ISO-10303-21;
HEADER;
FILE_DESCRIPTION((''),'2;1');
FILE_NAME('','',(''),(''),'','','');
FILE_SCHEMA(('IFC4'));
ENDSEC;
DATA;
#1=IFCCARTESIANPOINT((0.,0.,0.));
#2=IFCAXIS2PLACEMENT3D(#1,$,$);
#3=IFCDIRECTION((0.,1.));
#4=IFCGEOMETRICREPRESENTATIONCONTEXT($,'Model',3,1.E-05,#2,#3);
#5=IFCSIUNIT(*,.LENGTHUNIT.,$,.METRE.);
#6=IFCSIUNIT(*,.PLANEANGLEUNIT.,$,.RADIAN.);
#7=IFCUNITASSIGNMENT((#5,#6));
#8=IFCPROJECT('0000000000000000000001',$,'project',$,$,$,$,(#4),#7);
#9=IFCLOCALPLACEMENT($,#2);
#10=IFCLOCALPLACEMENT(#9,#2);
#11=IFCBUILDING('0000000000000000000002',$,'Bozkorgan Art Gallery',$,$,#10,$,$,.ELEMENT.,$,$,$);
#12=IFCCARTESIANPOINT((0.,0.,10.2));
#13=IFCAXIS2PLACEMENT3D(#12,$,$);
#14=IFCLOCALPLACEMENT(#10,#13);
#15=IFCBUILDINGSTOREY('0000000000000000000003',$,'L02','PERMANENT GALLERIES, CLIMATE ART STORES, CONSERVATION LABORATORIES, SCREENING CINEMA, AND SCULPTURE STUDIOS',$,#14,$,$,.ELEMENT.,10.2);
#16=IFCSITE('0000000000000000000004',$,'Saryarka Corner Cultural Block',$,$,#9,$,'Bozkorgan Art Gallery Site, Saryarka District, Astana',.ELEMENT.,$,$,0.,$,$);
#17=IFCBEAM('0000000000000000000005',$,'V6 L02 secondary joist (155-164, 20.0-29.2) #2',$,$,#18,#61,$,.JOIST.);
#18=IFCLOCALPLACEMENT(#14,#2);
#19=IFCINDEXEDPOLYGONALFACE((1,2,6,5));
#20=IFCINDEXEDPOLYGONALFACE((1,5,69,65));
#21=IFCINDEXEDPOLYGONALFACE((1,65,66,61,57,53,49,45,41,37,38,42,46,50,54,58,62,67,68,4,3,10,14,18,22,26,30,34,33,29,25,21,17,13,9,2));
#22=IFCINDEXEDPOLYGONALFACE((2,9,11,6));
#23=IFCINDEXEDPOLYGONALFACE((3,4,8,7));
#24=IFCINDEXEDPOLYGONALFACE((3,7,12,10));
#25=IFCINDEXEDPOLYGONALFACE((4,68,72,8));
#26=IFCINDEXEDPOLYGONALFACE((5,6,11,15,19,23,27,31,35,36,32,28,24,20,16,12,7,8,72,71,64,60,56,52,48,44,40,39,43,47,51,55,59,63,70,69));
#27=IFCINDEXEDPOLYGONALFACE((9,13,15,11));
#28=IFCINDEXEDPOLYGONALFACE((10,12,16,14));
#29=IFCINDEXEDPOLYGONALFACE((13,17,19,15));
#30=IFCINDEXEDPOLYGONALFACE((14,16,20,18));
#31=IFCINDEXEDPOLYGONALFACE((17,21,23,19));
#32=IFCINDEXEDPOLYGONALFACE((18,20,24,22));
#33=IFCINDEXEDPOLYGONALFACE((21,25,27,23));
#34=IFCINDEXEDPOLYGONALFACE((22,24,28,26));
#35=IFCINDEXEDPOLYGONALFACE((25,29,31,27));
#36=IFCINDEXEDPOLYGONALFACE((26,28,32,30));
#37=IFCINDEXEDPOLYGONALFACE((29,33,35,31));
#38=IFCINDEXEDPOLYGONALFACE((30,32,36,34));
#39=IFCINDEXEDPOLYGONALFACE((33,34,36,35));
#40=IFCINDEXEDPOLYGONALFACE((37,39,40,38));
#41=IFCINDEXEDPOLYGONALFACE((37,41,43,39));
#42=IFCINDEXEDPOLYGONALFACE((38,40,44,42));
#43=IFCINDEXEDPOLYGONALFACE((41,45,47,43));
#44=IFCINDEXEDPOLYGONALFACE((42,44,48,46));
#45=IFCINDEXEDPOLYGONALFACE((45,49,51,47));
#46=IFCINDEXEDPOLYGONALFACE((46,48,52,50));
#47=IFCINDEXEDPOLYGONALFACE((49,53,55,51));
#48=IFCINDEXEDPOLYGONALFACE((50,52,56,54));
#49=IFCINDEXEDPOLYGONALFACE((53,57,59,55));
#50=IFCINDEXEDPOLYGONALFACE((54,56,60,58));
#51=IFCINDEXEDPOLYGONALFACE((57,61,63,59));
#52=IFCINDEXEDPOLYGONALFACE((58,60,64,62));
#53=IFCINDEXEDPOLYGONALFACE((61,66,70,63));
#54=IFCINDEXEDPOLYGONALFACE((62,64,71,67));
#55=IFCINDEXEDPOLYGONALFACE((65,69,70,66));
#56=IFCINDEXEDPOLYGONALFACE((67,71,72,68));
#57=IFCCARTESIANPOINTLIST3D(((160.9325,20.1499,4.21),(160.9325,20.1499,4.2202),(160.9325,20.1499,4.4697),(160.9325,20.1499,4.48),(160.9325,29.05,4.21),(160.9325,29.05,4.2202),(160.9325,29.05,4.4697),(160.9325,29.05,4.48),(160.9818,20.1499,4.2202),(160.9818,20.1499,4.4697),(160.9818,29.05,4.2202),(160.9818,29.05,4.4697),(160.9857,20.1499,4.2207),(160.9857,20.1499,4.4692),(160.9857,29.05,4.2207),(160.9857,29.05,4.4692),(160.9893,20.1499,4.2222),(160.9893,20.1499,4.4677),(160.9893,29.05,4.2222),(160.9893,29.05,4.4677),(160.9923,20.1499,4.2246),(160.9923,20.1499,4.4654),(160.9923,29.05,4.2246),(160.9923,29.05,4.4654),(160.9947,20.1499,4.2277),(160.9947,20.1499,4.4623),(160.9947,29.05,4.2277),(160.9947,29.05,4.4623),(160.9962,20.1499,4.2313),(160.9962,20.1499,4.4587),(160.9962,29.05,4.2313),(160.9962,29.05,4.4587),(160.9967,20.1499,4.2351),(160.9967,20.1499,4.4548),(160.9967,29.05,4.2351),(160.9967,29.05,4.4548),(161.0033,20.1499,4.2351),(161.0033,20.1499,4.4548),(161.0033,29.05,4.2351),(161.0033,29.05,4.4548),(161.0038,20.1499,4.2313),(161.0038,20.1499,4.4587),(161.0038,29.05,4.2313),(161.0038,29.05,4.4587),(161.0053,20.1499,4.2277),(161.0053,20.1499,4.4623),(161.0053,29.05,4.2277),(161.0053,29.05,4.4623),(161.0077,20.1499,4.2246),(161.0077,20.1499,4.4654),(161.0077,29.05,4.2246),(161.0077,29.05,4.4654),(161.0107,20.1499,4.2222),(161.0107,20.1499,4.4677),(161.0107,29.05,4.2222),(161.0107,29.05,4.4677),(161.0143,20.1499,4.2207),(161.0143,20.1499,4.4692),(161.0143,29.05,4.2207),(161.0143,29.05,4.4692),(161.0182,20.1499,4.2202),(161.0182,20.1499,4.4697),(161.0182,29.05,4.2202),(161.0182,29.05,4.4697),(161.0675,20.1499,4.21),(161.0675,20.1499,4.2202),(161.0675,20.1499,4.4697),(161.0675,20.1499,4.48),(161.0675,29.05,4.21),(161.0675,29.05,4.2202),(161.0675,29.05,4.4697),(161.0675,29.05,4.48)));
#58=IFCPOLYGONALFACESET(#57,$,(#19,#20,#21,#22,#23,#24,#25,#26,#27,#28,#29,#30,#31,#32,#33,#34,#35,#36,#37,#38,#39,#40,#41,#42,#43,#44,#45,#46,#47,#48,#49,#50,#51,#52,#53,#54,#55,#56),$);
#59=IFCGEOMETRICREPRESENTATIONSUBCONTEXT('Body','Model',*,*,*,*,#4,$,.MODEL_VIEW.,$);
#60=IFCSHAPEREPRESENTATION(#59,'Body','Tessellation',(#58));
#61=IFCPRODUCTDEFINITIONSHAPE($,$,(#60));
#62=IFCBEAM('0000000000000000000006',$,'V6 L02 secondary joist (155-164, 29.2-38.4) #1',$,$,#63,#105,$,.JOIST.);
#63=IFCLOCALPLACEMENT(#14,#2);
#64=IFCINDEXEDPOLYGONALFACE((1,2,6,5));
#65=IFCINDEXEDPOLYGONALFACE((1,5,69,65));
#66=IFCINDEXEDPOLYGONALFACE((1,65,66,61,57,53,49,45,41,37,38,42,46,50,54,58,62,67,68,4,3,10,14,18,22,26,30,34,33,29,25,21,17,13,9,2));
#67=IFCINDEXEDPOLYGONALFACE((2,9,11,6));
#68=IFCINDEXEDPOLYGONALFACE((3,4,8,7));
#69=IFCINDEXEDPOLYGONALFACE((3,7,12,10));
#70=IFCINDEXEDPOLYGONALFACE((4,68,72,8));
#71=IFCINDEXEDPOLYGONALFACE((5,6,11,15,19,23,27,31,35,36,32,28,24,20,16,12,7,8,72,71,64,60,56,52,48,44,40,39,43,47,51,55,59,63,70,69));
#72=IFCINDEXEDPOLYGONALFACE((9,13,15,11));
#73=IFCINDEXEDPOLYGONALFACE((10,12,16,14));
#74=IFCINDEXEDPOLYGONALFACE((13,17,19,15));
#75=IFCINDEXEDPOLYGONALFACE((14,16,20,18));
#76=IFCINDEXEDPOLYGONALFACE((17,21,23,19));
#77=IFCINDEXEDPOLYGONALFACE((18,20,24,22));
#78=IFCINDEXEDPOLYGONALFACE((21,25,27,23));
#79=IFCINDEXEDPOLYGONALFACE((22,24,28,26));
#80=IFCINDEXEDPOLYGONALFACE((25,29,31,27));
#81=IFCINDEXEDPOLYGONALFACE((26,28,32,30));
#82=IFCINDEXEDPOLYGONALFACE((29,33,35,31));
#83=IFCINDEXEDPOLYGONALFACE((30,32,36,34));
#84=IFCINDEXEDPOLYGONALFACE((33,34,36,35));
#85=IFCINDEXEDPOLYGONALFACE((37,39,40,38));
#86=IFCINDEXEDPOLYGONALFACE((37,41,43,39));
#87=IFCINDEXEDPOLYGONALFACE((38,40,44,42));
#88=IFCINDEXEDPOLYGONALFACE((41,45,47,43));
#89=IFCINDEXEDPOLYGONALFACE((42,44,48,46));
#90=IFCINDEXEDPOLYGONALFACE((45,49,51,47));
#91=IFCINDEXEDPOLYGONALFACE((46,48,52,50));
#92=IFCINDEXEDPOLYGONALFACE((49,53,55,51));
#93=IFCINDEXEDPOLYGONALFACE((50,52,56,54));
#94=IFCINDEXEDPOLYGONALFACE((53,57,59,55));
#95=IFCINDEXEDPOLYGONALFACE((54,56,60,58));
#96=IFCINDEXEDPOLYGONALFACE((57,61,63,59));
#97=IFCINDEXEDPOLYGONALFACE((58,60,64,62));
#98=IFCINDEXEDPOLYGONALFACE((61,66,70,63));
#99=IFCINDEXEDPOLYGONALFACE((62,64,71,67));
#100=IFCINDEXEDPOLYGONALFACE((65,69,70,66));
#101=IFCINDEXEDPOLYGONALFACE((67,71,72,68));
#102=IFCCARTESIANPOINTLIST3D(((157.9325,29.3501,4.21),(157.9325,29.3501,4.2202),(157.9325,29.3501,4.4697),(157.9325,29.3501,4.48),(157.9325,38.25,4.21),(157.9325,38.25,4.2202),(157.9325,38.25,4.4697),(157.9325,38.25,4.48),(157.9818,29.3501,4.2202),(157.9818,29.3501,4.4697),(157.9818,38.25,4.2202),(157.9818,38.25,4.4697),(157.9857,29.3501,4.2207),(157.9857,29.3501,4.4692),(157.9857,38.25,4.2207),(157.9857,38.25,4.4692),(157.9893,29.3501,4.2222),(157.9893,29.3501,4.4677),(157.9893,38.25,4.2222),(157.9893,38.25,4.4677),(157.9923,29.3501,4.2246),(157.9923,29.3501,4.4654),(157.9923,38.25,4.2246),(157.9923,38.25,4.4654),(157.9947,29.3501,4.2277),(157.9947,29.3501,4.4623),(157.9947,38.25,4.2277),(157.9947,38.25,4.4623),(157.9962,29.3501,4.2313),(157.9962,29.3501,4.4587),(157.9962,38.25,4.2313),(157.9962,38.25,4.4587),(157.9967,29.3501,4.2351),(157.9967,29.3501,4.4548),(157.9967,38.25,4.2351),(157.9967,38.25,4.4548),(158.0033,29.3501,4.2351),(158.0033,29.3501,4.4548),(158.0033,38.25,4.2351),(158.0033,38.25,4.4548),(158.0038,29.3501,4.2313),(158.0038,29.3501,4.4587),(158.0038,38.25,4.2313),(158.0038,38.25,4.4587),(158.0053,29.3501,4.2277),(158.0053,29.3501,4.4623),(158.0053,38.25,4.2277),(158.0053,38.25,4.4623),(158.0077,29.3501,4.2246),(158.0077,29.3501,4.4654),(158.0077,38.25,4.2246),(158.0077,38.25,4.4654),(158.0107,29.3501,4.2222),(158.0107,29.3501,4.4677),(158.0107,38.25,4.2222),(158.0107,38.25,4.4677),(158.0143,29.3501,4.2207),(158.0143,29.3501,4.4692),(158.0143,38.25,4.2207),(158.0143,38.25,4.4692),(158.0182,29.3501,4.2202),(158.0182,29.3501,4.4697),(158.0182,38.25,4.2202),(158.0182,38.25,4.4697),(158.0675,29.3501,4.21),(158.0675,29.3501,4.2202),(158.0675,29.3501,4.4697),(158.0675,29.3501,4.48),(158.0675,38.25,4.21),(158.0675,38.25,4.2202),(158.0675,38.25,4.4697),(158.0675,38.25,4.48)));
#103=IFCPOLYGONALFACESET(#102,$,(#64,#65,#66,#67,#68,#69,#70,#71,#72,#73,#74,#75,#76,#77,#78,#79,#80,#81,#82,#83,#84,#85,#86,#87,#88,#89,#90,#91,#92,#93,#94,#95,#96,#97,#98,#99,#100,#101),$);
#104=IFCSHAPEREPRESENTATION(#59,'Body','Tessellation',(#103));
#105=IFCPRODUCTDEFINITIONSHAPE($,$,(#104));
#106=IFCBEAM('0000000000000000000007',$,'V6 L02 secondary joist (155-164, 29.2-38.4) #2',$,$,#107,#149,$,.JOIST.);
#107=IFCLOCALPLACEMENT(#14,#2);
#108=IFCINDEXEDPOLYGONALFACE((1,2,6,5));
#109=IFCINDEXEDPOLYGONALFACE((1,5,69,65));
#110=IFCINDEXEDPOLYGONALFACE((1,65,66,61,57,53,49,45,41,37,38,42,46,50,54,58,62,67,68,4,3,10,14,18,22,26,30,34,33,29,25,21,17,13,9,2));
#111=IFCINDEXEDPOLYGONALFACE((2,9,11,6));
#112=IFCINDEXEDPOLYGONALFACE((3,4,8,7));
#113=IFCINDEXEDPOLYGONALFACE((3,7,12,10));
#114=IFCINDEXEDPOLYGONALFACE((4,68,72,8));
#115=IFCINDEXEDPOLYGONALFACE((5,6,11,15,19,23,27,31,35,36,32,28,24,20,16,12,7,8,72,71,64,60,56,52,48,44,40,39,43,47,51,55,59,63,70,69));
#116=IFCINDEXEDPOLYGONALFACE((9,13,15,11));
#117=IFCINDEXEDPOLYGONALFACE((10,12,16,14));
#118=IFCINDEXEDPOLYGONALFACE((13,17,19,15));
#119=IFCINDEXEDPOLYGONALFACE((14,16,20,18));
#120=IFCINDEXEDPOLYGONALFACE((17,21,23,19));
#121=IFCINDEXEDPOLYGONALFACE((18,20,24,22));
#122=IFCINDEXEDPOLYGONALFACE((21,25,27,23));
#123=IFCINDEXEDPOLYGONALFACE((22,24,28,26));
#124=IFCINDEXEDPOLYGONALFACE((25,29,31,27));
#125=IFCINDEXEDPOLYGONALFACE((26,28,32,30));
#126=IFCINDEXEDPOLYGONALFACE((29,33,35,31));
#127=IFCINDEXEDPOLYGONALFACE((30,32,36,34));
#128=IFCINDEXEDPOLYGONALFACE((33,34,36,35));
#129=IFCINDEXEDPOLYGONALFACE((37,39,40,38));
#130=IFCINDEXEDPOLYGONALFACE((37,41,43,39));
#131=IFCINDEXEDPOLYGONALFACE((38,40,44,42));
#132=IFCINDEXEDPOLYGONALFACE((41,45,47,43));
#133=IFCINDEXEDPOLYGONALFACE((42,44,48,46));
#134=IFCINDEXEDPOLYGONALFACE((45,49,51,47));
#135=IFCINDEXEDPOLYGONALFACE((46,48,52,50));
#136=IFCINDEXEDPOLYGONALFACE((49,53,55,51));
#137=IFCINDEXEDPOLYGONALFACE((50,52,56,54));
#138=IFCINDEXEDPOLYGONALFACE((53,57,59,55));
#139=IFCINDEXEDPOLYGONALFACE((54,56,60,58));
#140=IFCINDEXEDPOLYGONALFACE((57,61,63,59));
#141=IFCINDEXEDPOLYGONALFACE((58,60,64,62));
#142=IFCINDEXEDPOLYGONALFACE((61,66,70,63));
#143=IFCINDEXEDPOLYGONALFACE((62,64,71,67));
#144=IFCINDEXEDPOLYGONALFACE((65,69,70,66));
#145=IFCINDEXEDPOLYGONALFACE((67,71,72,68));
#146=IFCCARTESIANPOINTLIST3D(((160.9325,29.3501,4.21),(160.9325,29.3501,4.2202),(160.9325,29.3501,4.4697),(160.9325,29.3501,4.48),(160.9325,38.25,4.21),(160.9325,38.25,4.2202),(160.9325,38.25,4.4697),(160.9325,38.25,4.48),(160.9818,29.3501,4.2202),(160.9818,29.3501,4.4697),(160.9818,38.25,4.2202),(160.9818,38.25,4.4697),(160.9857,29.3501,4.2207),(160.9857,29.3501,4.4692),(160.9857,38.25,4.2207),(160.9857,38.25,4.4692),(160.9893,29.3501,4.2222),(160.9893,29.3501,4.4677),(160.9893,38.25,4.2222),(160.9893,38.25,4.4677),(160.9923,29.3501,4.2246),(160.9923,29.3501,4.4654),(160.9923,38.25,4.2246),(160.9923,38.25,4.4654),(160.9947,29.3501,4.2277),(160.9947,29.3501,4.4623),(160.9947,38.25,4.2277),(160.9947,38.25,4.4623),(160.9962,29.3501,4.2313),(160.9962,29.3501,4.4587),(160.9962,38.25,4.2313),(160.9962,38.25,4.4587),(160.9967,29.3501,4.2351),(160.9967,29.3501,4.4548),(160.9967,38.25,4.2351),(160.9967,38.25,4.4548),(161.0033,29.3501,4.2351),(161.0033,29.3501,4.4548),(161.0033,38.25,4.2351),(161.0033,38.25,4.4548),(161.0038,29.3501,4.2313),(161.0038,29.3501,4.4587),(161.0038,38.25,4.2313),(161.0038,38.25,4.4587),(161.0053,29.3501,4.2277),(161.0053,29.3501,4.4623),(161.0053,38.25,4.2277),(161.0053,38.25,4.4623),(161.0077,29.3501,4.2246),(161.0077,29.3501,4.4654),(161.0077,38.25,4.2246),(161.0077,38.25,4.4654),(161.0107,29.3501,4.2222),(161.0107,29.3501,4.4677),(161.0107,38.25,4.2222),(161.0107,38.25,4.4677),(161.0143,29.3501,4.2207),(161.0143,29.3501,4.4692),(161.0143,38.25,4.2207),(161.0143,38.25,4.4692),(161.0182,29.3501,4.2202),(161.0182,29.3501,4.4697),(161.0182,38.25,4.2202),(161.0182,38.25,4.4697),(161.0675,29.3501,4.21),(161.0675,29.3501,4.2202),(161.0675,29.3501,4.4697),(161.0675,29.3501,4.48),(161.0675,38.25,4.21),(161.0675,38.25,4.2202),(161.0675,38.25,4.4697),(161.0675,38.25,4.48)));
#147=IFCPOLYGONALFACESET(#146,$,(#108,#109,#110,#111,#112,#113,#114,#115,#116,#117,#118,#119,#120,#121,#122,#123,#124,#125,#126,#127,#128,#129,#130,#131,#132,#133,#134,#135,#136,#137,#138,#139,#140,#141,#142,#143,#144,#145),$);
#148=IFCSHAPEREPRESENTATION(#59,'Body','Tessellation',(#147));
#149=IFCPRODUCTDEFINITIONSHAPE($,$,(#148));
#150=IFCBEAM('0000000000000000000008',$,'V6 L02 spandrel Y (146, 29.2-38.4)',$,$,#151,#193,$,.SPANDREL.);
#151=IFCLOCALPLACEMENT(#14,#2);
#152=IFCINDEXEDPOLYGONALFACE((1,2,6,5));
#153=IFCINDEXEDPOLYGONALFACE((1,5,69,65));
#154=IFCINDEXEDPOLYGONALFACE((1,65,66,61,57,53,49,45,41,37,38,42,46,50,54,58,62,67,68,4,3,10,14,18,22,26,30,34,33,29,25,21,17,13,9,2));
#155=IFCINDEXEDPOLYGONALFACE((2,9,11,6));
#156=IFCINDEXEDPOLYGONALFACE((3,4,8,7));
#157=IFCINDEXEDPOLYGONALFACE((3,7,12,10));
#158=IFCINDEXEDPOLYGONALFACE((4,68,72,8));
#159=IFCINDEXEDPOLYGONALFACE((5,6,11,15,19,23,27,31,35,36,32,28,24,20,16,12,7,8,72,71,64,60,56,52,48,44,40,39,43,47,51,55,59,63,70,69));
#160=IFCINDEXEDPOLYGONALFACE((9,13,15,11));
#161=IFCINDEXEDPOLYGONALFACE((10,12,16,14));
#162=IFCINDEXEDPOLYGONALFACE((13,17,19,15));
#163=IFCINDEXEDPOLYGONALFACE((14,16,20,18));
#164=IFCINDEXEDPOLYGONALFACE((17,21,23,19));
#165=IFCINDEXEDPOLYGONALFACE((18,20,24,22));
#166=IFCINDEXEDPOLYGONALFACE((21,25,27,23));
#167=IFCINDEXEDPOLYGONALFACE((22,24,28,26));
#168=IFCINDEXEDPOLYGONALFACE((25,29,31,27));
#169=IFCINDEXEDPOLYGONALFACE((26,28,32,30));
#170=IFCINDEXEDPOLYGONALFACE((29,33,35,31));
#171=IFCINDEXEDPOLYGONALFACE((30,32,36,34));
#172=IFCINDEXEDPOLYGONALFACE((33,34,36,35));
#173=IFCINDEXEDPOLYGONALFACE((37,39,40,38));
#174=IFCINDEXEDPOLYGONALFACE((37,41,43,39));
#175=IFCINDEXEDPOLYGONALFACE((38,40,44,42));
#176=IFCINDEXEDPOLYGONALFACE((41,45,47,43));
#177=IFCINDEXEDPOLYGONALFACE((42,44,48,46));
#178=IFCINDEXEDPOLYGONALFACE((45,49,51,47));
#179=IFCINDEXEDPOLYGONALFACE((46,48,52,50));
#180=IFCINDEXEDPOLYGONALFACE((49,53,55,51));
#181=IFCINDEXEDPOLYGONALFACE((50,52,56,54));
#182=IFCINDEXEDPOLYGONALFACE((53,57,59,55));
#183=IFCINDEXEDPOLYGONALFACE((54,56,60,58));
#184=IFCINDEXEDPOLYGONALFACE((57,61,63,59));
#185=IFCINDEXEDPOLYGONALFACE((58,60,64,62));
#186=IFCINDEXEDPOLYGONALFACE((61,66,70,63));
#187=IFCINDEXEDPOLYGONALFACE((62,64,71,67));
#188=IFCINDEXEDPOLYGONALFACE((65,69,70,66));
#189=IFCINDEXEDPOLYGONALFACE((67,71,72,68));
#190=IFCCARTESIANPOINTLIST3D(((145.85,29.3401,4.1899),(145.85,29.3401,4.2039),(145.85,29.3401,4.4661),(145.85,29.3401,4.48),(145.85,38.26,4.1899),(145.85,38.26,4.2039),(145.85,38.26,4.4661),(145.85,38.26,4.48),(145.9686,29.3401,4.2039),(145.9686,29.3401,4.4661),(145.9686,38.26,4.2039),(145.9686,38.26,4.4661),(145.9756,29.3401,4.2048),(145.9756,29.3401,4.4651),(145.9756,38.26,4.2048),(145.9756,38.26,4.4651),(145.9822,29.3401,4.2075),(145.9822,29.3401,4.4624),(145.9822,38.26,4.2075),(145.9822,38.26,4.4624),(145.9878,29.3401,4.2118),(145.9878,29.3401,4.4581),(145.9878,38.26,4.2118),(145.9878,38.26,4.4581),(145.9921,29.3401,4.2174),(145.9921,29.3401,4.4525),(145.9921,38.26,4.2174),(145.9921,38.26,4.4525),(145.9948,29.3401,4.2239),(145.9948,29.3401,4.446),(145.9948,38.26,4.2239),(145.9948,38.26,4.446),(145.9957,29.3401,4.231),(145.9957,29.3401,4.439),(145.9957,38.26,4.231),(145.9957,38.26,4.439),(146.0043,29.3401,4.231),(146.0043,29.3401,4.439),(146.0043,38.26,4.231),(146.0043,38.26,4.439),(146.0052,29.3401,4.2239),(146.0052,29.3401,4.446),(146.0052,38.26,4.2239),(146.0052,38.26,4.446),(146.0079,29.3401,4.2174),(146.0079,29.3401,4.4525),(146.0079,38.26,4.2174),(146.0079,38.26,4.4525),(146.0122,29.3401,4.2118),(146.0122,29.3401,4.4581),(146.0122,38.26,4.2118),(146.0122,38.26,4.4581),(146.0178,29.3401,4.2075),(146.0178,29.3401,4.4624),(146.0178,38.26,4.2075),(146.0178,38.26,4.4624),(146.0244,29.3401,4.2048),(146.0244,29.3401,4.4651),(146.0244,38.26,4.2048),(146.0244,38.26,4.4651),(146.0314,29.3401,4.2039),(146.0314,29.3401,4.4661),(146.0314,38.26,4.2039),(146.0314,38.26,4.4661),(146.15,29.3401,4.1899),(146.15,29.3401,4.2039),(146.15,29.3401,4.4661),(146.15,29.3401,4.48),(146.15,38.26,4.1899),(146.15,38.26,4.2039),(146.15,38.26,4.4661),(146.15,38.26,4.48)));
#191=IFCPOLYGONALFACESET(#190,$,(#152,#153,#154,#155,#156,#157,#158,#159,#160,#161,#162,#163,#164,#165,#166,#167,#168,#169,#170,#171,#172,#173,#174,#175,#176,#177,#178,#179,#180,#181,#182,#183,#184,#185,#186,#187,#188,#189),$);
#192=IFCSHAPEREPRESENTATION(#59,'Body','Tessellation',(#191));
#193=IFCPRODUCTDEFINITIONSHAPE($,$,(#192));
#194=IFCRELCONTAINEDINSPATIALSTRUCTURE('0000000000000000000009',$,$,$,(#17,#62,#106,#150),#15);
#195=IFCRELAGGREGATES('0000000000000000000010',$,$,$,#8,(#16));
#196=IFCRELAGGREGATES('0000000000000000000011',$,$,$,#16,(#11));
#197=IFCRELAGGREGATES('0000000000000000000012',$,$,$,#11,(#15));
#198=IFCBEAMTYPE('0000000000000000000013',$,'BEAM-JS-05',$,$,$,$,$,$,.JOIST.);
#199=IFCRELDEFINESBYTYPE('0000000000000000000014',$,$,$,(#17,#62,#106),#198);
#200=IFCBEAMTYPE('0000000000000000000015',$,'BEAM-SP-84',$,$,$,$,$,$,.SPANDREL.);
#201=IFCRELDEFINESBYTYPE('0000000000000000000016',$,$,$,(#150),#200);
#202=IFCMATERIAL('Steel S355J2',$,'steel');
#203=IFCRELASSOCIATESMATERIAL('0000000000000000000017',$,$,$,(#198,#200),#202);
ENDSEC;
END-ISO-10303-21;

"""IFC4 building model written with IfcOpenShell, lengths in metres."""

from ifc_helpers import new_model, si_unit, direction, frame, origin, origin_2d, place, context, subcontext, project, spatial, i_section, extrude, material, material_profile, profile_set, type_object, element, save


model = new_model("IFC4")

# Units and contexts
model_context = context("Model", 3, precision=1e-05, world=origin(), true_north=direction((0.0, 1.0)))
body_context = subcontext(model_context, "Body", "Model", "MODEL_VIEW")
ifc_project = project(units=[si_unit("LENGTHUNIT", "METRE"), si_unit("PLANEANGLEUNIT", "RADIAN")], contexts=[model_context])

# Site, building, storey
site_placement = place(None, origin())
site = spatial("IfcSite", under=ifc_project, at=site_placement, Name="Saryarka Corner Cultural Block", LongName="Bozkorgan Art Gallery Site, Saryarka District, Astana", CompositionType="ELEMENT", RefElevation=0.0)
building_placement = place(site_placement, origin())
building = spatial("IfcBuilding", under=site, at=building_placement, Name="Bozkorgan Art Gallery", CompositionType="ELEMENT")
storey_placement = place(building_placement, frame((0.0, 0.0, 10.2)))
storey = spatial("IfcBuildingStorey", under=building, at=storey_placement, Name="L02", Description="PERMANENT GALLERIES, CLIMATE ART STORES, CONSERVATION LABORATORIES, SCREENING CINEMA, AND SCULPTURE STUDIOS", CompositionType="ELEMENT", Elevation=10.2)

# Shared definitions
ifc_material_1 = material(Name="Steel S355J2", Category="steel")

# Beams
ifc_material_profile_1 = material_profile(ifc_material_1, i_section(OverallWidth=0.135, OverallDepth=0.27, WebThickness=0.0066, FlangeThickness=0.0103, FilletRadius=0.0149, at=origin_2d()), Name="IPE 270")
ifc_profile_set_1 = profile_set([ifc_material_profile_1], Name="Steel S355J2")
beam_type_1 = type_object("IfcBeamType", Name="BEAM-JS-05", PredefinedType="JOIST", material=ifc_profile_set_1)
for number, where, z_axis, x_axis, name in (
    (1, (161.0, 20.1499, 4.345), (0.0, 1.0, 0.0), (-1.0, 0.0, 0.0), "V6 L02 secondary joist (155-164, 20.0-29.2) #2"),
):
    element("IfcBeam", number, at=place(storey_placement, frame(where, z_axis=z_axis, x_axis=x_axis)), inside=storey, type_object=beam_type_1, Name=name, PredefinedType="JOIST", context=body_context, shape_type="SweptSolid", body=[
        extrude(i_section(OverallWidth=0.135, OverallDepth=0.27, WebThickness=0.0066, FlangeThickness=0.0103, FilletRadius=0.0149, at=origin_2d()), origin(), (0.0, 0.0, 1.0), 8.9001),
    ])
for number, where, z_axis, x_axis, name in (
    (2, (158.0, 29.3501, 4.345), (0.0, 1.0, 0.0), (-1.0, 0.0, 0.0), "V6 L02 secondary joist (155-164, 29.2-38.4) #1"),
    (3, (161.0, 29.3501, 4.345), (0.0, 1.0, 0.0), (-1.0, 0.0, 0.0), "V6 L02 secondary joist (155-164, 29.2-38.4) #2"),
):
    element("IfcBeam", number, at=place(storey_placement, frame(where, z_axis=z_axis, x_axis=x_axis)), inside=storey, type_object=beam_type_1, Name=name, PredefinedType="JOIST", context=body_context, shape_type="SweptSolid", body=[
        extrude(i_section(OverallWidth=0.135, OverallDepth=0.27, WebThickness=0.0066, FlangeThickness=0.0103, FilletRadius=0.0149, at=origin_2d()), origin(), (0.0, 0.0, 1.0), 8.8999),
    ])
ifc_material_profile_2 = material_profile(ifc_material_1, i_section(OverallWidth=0.3, OverallDepth=0.29, WebThickness=0.0085, FlangeThickness=0.0139, FilletRadius=0.0271, at=origin_2d()), Name="HEA 300")
ifc_profile_set_2 = profile_set([ifc_material_profile_2], Name="Steel S355J2")
beam_type_2 = type_object("IfcBeamType", Name="BEAM-SP-84", PredefinedType="SPANDREL", material=ifc_profile_set_2)
for number, where, z_axis, x_axis, name in (
    (4, (146.0, 29.3401, 4.335), (0.0, 1.0, 0.0), (-1.0, 0.0, 0.0), "V6 L02 spandrel Y (146, 29.2-38.4)"),
):
    element("IfcBeam", number, at=place(storey_placement, frame(where, z_axis=z_axis, x_axis=x_axis)), inside=storey, type_object=beam_type_2, Name=name, PredefinedType="SPANDREL", context=body_context, shape_type="SweptSolid", body=[
        extrude(i_section(OverallWidth=0.3, OverallDepth=0.29, WebThickness=0.0085, FlangeThickness=0.0139, FilletRadius=0.0271, at=origin_2d()), origin(), (0.0, 0.0, 1.0), 8.9199),
    ])

save(model, "model.ifc")
